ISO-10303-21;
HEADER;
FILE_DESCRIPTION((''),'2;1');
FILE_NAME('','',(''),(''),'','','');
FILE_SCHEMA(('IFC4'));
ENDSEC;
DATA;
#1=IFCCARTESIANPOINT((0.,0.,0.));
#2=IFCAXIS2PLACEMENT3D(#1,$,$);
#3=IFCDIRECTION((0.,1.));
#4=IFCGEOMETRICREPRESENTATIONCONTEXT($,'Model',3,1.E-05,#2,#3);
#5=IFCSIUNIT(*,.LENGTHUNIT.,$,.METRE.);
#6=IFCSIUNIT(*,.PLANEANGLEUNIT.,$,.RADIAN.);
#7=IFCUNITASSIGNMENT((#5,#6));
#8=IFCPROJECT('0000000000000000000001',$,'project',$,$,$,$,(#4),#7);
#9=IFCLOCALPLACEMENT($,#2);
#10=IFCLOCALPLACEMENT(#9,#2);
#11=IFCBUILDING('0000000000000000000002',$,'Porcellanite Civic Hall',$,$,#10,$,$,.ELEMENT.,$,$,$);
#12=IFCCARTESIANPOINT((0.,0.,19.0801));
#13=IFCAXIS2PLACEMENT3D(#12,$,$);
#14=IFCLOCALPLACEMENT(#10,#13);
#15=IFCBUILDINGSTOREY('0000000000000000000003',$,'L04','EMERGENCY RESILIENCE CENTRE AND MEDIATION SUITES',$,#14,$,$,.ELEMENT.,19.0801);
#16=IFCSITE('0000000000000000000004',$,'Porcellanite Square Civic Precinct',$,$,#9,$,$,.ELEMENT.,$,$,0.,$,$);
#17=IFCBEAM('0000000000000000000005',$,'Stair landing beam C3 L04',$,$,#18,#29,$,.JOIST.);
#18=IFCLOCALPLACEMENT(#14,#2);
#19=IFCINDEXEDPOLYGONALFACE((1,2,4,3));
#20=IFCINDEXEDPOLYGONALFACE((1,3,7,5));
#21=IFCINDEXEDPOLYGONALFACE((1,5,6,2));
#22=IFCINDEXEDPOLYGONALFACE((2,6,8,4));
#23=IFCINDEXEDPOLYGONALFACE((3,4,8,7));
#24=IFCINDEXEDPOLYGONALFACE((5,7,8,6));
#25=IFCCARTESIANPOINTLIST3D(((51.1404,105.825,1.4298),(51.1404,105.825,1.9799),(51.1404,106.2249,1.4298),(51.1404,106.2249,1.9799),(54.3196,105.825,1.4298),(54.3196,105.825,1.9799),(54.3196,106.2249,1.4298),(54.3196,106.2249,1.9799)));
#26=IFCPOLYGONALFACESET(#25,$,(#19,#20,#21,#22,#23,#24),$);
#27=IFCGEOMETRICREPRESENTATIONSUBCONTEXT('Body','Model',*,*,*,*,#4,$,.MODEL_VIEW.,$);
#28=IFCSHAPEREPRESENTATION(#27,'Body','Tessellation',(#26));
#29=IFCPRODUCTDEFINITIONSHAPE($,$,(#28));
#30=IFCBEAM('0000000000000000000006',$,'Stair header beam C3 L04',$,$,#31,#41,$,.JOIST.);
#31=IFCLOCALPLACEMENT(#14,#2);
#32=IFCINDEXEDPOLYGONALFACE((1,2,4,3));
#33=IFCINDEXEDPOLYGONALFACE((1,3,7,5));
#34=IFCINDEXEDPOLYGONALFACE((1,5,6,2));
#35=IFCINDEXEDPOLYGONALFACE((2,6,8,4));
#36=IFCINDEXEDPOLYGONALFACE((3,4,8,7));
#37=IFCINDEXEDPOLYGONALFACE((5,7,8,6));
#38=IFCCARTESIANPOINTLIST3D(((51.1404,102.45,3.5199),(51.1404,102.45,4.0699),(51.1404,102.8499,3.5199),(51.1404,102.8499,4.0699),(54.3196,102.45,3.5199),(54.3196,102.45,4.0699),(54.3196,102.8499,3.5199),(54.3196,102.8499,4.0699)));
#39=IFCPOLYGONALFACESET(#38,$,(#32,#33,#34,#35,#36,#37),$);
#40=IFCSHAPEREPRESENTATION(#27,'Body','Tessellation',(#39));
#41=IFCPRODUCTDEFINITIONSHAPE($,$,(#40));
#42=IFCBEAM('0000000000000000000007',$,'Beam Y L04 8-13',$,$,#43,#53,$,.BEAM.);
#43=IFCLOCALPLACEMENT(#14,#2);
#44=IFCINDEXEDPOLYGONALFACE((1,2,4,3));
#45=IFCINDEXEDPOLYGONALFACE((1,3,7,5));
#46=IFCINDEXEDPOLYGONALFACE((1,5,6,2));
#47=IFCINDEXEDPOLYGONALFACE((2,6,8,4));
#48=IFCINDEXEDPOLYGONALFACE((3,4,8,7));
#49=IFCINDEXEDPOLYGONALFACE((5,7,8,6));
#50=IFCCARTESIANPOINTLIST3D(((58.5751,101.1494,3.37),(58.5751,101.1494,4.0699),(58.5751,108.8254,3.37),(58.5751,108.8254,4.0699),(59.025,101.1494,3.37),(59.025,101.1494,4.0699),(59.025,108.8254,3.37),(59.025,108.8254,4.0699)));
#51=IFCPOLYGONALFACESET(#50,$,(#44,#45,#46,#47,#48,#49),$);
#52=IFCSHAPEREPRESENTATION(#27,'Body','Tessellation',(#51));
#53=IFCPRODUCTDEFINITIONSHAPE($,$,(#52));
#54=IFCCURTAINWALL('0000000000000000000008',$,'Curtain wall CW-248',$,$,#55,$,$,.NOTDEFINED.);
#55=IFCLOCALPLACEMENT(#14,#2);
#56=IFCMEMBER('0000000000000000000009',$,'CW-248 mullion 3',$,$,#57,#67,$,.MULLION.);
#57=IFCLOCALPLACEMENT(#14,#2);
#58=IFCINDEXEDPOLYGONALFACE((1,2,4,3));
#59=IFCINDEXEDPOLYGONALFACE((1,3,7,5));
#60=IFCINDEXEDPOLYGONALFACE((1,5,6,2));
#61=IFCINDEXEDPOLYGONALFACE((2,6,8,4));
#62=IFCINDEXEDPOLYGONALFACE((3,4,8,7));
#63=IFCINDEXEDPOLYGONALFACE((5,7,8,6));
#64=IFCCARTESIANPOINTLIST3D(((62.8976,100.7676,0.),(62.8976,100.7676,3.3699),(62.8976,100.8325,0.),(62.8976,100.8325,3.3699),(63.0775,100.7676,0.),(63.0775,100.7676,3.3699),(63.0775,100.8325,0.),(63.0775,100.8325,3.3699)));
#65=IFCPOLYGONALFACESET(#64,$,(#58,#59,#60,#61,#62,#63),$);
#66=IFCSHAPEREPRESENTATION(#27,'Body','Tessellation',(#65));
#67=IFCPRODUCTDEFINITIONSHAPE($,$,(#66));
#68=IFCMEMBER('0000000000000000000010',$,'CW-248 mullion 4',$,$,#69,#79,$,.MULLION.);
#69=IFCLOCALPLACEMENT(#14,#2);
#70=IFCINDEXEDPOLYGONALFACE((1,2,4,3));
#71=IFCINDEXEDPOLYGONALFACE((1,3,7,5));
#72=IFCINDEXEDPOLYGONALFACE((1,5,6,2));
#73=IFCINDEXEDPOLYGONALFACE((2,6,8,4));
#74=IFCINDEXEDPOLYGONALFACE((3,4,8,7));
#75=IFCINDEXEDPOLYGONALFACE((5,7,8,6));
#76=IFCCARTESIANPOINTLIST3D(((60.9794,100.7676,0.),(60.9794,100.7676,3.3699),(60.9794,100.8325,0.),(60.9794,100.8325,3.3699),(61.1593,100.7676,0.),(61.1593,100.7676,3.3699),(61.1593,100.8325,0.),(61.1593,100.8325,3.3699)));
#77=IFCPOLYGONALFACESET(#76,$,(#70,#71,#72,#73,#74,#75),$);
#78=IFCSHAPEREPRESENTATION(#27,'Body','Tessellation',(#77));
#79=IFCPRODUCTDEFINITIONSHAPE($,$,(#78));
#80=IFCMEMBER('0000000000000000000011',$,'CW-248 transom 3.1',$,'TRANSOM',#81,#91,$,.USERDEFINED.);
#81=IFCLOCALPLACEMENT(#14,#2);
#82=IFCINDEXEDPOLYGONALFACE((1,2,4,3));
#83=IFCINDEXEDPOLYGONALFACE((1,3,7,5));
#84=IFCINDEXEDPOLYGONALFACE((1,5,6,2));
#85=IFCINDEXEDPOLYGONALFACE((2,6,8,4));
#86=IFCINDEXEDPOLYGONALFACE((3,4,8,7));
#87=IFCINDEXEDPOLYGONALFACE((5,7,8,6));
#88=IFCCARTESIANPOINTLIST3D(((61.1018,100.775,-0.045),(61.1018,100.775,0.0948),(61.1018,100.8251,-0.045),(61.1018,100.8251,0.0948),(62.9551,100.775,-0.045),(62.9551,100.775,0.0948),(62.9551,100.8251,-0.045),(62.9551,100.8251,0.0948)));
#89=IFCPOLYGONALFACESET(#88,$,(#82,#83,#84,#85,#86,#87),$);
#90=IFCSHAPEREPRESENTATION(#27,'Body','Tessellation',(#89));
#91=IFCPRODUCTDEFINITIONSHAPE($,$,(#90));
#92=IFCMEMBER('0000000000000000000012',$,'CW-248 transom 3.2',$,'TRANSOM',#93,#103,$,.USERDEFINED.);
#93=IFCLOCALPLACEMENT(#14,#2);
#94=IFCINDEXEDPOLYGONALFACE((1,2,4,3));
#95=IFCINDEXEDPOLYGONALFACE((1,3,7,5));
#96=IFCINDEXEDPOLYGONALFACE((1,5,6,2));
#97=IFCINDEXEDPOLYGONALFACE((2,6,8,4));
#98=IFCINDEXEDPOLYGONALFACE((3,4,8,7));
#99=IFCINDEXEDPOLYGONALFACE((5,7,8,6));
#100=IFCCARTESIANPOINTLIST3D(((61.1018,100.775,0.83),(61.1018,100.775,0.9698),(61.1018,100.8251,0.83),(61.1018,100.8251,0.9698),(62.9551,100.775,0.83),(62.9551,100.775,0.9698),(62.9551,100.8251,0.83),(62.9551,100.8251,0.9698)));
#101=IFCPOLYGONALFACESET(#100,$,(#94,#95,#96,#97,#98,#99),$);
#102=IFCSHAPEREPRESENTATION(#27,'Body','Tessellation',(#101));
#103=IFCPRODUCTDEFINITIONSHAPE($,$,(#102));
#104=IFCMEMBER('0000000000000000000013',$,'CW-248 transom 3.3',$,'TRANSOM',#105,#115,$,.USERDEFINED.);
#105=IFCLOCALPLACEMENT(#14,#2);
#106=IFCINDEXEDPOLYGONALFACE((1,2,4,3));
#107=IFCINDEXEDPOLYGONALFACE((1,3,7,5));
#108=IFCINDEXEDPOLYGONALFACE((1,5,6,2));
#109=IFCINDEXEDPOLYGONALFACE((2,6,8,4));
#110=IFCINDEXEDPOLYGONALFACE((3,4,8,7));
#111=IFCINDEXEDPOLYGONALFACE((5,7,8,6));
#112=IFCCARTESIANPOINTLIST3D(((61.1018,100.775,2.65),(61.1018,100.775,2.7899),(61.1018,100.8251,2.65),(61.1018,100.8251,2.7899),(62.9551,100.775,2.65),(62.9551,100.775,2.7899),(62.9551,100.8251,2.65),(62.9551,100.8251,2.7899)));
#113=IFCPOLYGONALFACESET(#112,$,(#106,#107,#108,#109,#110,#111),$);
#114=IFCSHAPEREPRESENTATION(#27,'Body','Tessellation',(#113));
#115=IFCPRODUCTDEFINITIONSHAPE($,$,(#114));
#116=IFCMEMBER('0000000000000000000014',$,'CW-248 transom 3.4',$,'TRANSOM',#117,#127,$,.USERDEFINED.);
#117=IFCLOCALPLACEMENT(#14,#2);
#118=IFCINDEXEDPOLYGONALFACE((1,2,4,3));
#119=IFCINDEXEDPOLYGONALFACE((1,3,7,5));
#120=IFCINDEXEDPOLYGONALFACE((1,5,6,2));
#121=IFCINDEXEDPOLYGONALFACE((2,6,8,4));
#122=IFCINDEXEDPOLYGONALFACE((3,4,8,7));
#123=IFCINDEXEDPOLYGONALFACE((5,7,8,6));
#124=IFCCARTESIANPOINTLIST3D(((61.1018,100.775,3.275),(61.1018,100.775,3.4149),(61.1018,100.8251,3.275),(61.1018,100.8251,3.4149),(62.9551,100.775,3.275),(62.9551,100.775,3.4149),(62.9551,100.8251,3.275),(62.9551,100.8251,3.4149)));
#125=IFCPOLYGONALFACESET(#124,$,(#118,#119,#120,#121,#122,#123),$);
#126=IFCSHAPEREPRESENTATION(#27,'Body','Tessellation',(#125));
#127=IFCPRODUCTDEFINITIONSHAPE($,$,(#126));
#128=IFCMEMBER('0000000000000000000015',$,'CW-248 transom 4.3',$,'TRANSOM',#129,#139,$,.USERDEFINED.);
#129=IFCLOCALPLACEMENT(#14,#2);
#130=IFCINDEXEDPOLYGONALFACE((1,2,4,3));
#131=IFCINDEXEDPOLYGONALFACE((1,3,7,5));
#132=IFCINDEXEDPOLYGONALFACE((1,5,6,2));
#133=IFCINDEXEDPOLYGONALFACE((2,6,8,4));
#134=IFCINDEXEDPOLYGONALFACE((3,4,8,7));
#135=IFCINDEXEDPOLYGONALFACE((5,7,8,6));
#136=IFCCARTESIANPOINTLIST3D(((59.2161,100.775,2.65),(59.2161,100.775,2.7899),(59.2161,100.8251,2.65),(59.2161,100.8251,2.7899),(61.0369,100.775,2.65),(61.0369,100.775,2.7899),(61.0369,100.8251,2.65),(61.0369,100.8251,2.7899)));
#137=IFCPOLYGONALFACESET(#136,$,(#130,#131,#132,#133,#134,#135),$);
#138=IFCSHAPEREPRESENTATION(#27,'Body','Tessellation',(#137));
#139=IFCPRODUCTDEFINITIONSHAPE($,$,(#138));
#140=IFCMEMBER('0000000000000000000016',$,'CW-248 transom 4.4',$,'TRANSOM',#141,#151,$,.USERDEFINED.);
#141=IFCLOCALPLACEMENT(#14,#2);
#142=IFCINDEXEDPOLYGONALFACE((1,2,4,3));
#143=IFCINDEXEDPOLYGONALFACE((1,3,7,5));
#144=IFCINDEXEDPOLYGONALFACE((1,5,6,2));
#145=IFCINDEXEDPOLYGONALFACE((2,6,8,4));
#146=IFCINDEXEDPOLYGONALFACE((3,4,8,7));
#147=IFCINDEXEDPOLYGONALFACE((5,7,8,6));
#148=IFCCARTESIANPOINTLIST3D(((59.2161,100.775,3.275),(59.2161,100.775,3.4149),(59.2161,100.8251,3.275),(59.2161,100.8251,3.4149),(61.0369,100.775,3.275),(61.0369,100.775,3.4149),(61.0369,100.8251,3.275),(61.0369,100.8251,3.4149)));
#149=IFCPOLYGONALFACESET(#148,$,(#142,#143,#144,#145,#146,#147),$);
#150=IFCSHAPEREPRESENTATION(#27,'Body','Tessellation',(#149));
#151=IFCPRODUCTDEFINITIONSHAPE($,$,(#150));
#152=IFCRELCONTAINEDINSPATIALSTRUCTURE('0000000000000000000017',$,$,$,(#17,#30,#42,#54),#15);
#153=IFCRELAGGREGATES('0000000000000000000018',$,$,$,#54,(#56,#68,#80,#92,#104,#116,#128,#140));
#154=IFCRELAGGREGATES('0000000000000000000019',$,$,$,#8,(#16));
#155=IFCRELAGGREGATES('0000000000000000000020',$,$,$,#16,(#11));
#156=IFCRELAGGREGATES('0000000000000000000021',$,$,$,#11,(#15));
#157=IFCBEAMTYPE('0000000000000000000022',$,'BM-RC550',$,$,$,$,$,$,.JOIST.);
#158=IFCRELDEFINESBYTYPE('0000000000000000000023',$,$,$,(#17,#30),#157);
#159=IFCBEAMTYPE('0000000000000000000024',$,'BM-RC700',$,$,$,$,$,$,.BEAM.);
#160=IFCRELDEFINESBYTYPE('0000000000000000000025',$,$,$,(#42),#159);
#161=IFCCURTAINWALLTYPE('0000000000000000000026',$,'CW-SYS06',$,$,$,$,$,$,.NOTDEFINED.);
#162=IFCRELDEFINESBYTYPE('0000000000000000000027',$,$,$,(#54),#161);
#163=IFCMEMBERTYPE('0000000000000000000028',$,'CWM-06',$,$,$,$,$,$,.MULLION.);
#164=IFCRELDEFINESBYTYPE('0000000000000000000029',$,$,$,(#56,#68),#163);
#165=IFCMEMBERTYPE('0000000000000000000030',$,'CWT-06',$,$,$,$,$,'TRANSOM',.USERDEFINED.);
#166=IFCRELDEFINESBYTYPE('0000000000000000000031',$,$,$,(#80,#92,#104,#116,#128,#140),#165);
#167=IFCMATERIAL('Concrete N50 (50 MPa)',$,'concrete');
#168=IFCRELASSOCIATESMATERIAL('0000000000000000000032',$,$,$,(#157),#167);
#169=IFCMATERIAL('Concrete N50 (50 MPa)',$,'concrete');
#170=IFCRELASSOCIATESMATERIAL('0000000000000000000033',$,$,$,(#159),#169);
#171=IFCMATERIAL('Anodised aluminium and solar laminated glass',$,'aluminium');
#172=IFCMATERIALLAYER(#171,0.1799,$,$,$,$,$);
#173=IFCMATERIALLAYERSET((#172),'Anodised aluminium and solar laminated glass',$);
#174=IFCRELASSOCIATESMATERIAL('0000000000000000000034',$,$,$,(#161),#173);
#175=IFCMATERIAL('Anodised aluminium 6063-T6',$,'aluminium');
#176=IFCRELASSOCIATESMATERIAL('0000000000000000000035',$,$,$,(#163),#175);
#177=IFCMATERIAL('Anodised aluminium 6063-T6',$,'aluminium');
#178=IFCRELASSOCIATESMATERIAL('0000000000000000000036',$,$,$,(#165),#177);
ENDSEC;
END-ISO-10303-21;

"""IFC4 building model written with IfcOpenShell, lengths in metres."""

from ifc_helpers import new_model, si_unit, direction, frame, origin, origin_2d, place, context, subcontext, project, spatial, rectangle, extrude, material, layer, layer_set, material_profile, profile_set, type_object, element, aggregate, save


model = new_model("IFC4")

# Units and contexts
model_context = context("Model", 3, precision=1e-05, world=origin(), true_north=direction((0.0, 1.0)))
body_context = subcontext(model_context, "Body", "Model", "MODEL_VIEW")
ifc_project = project(units=[si_unit("LENGTHUNIT", "METRE"), si_unit("PLANEANGLEUNIT", "RADIAN")], contexts=[model_context])

# Site, building, storey
site_placement = place(None, origin())
site = spatial("IfcSite", under=ifc_project, at=site_placement, Name="Porcellanite Square Civic Precinct", CompositionType="ELEMENT", RefElevation=0.0)
building_placement = place(site_placement, origin())
building = spatial("IfcBuilding", under=site, at=building_placement, Name="Porcellanite Civic Hall", CompositionType="ELEMENT")
storey_placement = place(building_placement, frame((0.0, 0.0, 19.0801)))
storey = spatial("IfcBuildingStorey", under=building, at=storey_placement, Name="L04", Description="EMERGENCY RESILIENCE CENTRE AND MEDIATION SUITES", CompositionType="ELEMENT", Elevation=19.0801)

# Beams
ifc_material_1 = material(Name="Concrete N50 (50 MPa)", Category="concrete")
ifc_material_profile_1 = material_profile(ifc_material_1, rectangle(XDim=0.3999, YDim=0.55, at=origin_2d()), Name="RC-400x550")
ifc_profile_set_1 = profile_set([ifc_material_profile_1], Name="Concrete N50 (50 MPa)")
beam_type_1 = type_object("IfcBeamType", Name="BM-RC550", PredefinedType="JOIST", material=ifc_profile_set_1)
for number, where, z_axis, x_axis, name in (
    (1, (51.1404, 106.0249, 1.7048), (1.0, 0.0, 0.0), (0.0, 1.0, 0.0), "Stair landing beam C3 L04"),
    (2, (51.1404, 102.6499, 3.7949), (1.0, 0.0, 0.0), (0.0, 1.0, 0.0), "Stair header beam C3 L04"),
):
    element("IfcBeam", number, at=place(storey_placement, frame(where, z_axis=z_axis, x_axis=x_axis)), inside=storey, type_object=beam_type_1, Name=name, PredefinedType="JOIST", context=body_context, shape_type="SweptSolid", body=[
        extrude(rectangle(XDim=0.3999, YDim=0.55, at=origin_2d()), origin(), (0.0, 0.0, 1.0), 3.1792),
    ])
ifc_material_2 = material(Name="Concrete N50 (50 MPa)", Category="concrete")
ifc_material_profile_2 = material_profile(ifc_material_2, rectangle(XDim=0.45, YDim=0.7, at=origin_2d()), Name="RC-450x700")
ifc_profile_set_2 = profile_set([ifc_material_profile_2], Name="Concrete N50 (50 MPa)")
beam_type_2 = type_object("IfcBeamType", Name="BM-RC700", PredefinedType="BEAM", material=ifc_profile_set_2)
beam_1_placement = place(storey_placement, frame((58.8, 101.1494, 3.72), z_axis=(0.0, 1.0, 0.0), x_axis=(-1.0, 0.0, 0.0)))
element("IfcBeam", 3, at=beam_1_placement, inside=storey, type_object=beam_type_2, Name="Beam Y L04 8-13", PredefinedType="BEAM", context=body_context, shape_type="SweptSolid", body=[
    extrude(rectangle(XDim=0.45, YDim=0.7, at=origin_2d()), origin(), (0.0, 0.0, 1.0), 7.676),
])

# Curtain wall, members
ifc_material_3 = material(Name="Anodised aluminium and solar laminated glass", Category="aluminium")
ifc_layer_1 = layer(ifc_material_3, 0.1799)
ifc_layer_set_1 = layer_set([ifc_layer_1], Name="Anodised aluminium and solar laminated glass")
curtain_wall_type = type_object("IfcCurtainWallType", Name="CW-SYS06", PredefinedType="NOTDEFINED", material=ifc_layer_set_1)
curtain_wall_placement = place(storey_placement, origin())
curtain_wall = element("IfcCurtainWall", 4, at=curtain_wall_placement, inside=storey, type_object=curtain_wall_type, Name="Curtain wall CW-248", PredefinedType="NOTDEFINED")
ifc_material_4 = material(Name="Anodised aluminium 6063-T6", Category="aluminium")
ifc_material_profile_3 = material_profile(ifc_material_4, rectangle(XDim=0.0649, YDim=0.1799, at=origin_2d()), Name="AL-65x180")
ifc_profile_set_3 = profile_set([ifc_material_profile_3], Name="Anodised aluminium 6063-T6")
member_type_1 = type_object("IfcMemberType", Name="CWM-06", PredefinedType="MULLION", material=ifc_profile_set_3)
member_1_placement = place(storey_placement, frame((62.9875, 100.8, 0.0), z_axis=(0.0, 0.0, 1.0), x_axis=(0.0, -1.0, 0.0)))
member_1 = element("IfcMember", 5, at=member_1_placement, type_object=member_type_1, Name="CW-248 mullion 3", PredefinedType="MULLION", context=body_context, shape_type="SweptSolid", body=[
    extrude(rectangle(XDim=0.0649, YDim=0.1799, at=origin_2d()), origin(), (0.0, 0.0, 1.0), 3.3699),
])
member_2_placement = place(storey_placement, frame((61.0693, 100.8, 0.0), z_axis=(0.0, 0.0, 1.0), x_axis=(0.0, -1.0, 0.0)))
member_2 = element("IfcMember", 6, at=member_2_placement, type_object=member_type_1, Name="CW-248 mullion 4", PredefinedType="MULLION", context=body_context, shape_type="SweptSolid", body=[
    extrude(rectangle(XDim=0.0649, YDim=0.1799, at=origin_2d()), origin(), (0.0, 0.0, 1.0), 3.3699),
])
ifc_material_5 = material(Name="Anodised aluminium 6063-T6", Category="aluminium")
ifc_material_profile_4 = material_profile(ifc_material_5, rectangle(XDim=0.05, YDim=0.1399, at=origin_2d()), Name="AL-50x140")
ifc_profile_set_4 = profile_set([ifc_material_profile_4], Name="Anodised aluminium 6063-T6")
member_type_2 = type_object("IfcMemberType", Name="CWT-06", ElementType="TRANSOM", PredefinedType="USERDEFINED", material=ifc_profile_set_4)
member_3_placement = place(storey_placement, frame((62.9551, 100.8, 0.0249), z_axis=(-1.0, 0.0, 0.0), x_axis=(0.0, -1.0, 0.0)))
member_3 = element("IfcMember", 7, at=member_3_placement, type_object=member_type_2, Name="CW-248 transom 3.1", ObjectType="TRANSOM", PredefinedType="USERDEFINED", context=body_context, shape_type="SweptSolid", body=[
    extrude(rectangle(XDim=0.05, YDim=0.1399, at=origin_2d()), origin(), (0.0, 0.0, 1.0), 1.8533),
])
member_4_placement = place(storey_placement, frame((62.9551, 100.8, 0.8999), z_axis=(-1.0, 0.0, 0.0), x_axis=(0.0, -1.0, 0.0)))
member_4 = element("IfcMember", 8, at=member_4_placement, type_object=member_type_2, Name="CW-248 transom 3.2", ObjectType="TRANSOM", PredefinedType="USERDEFINED", context=body_context, shape_type="SweptSolid", body=[
    extrude(rectangle(XDim=0.05, YDim=0.1399, at=origin_2d()), origin(), (0.0, 0.0, 1.0), 1.8533),
])
member_5_placement = place(storey_placement, frame((62.9551, 100.8, 2.72), z_axis=(-1.0, 0.0, 0.0), x_axis=(0.0, -1.0, 0.0)))
member_5 = element("IfcMember", 9, at=member_5_placement, type_object=member_type_2, Name="CW-248 transom 3.3", ObjectType="TRANSOM", PredefinedType="USERDEFINED", context=body_context, shape_type="SweptSolid", body=[
    extrude(rectangle(XDim=0.05, YDim=0.1399, at=origin_2d()), origin(), (0.0, 0.0, 1.0), 1.8533),
])
member_6_placement = place(storey_placement, frame((62.9551, 100.8, 3.345), z_axis=(-1.0, 0.0, 0.0), x_axis=(0.0, -1.0, 0.0)))
member_6 = element("IfcMember", 10, at=member_6_placement, type_object=member_type_2, Name="CW-248 transom 3.4", ObjectType="TRANSOM", PredefinedType="USERDEFINED", context=body_context, shape_type="SweptSolid", body=[
    extrude(rectangle(XDim=0.05, YDim=0.1399, at=origin_2d()), origin(), (0.0, 0.0, 1.0), 1.8533),
])
member_7_placement = place(storey_placement, frame((61.0369, 100.8, 2.72), z_axis=(-1.0, 0.0, 0.0), x_axis=(0.0, -1.0, 0.0)))
member_7 = element("IfcMember", 11, at=member_7_placement, type_object=member_type_2, Name="CW-248 transom 4.3", ObjectType="TRANSOM", PredefinedType="USERDEFINED", context=body_context, shape_type="SweptSolid", body=[
    extrude(rectangle(XDim=0.05, YDim=0.1399, at=origin_2d()), origin(), (0.0, 0.0, 1.0), 1.8208),
])
member_8_placement = place(storey_placement, frame((61.0369, 100.8, 3.345), z_axis=(-1.0, 0.0, 0.0), x_axis=(0.0, -1.0, 0.0)))
member_8 = element("IfcMember", 12, at=member_8_placement, type_object=member_type_2, Name="CW-248 transom 4.4", ObjectType="TRANSOM", PredefinedType="USERDEFINED", context=body_context, shape_type="SweptSolid", body=[
    extrude(rectangle(XDim=0.05, YDim=0.1399, at=origin_2d()), origin(), (0.0, 0.0, 1.0), 1.8208),
])

aggregate(curtain_wall, [member_1, member_2, member_3, member_4, member_5, member_6, member_7, member_8])

save(model, "model.ifc")
